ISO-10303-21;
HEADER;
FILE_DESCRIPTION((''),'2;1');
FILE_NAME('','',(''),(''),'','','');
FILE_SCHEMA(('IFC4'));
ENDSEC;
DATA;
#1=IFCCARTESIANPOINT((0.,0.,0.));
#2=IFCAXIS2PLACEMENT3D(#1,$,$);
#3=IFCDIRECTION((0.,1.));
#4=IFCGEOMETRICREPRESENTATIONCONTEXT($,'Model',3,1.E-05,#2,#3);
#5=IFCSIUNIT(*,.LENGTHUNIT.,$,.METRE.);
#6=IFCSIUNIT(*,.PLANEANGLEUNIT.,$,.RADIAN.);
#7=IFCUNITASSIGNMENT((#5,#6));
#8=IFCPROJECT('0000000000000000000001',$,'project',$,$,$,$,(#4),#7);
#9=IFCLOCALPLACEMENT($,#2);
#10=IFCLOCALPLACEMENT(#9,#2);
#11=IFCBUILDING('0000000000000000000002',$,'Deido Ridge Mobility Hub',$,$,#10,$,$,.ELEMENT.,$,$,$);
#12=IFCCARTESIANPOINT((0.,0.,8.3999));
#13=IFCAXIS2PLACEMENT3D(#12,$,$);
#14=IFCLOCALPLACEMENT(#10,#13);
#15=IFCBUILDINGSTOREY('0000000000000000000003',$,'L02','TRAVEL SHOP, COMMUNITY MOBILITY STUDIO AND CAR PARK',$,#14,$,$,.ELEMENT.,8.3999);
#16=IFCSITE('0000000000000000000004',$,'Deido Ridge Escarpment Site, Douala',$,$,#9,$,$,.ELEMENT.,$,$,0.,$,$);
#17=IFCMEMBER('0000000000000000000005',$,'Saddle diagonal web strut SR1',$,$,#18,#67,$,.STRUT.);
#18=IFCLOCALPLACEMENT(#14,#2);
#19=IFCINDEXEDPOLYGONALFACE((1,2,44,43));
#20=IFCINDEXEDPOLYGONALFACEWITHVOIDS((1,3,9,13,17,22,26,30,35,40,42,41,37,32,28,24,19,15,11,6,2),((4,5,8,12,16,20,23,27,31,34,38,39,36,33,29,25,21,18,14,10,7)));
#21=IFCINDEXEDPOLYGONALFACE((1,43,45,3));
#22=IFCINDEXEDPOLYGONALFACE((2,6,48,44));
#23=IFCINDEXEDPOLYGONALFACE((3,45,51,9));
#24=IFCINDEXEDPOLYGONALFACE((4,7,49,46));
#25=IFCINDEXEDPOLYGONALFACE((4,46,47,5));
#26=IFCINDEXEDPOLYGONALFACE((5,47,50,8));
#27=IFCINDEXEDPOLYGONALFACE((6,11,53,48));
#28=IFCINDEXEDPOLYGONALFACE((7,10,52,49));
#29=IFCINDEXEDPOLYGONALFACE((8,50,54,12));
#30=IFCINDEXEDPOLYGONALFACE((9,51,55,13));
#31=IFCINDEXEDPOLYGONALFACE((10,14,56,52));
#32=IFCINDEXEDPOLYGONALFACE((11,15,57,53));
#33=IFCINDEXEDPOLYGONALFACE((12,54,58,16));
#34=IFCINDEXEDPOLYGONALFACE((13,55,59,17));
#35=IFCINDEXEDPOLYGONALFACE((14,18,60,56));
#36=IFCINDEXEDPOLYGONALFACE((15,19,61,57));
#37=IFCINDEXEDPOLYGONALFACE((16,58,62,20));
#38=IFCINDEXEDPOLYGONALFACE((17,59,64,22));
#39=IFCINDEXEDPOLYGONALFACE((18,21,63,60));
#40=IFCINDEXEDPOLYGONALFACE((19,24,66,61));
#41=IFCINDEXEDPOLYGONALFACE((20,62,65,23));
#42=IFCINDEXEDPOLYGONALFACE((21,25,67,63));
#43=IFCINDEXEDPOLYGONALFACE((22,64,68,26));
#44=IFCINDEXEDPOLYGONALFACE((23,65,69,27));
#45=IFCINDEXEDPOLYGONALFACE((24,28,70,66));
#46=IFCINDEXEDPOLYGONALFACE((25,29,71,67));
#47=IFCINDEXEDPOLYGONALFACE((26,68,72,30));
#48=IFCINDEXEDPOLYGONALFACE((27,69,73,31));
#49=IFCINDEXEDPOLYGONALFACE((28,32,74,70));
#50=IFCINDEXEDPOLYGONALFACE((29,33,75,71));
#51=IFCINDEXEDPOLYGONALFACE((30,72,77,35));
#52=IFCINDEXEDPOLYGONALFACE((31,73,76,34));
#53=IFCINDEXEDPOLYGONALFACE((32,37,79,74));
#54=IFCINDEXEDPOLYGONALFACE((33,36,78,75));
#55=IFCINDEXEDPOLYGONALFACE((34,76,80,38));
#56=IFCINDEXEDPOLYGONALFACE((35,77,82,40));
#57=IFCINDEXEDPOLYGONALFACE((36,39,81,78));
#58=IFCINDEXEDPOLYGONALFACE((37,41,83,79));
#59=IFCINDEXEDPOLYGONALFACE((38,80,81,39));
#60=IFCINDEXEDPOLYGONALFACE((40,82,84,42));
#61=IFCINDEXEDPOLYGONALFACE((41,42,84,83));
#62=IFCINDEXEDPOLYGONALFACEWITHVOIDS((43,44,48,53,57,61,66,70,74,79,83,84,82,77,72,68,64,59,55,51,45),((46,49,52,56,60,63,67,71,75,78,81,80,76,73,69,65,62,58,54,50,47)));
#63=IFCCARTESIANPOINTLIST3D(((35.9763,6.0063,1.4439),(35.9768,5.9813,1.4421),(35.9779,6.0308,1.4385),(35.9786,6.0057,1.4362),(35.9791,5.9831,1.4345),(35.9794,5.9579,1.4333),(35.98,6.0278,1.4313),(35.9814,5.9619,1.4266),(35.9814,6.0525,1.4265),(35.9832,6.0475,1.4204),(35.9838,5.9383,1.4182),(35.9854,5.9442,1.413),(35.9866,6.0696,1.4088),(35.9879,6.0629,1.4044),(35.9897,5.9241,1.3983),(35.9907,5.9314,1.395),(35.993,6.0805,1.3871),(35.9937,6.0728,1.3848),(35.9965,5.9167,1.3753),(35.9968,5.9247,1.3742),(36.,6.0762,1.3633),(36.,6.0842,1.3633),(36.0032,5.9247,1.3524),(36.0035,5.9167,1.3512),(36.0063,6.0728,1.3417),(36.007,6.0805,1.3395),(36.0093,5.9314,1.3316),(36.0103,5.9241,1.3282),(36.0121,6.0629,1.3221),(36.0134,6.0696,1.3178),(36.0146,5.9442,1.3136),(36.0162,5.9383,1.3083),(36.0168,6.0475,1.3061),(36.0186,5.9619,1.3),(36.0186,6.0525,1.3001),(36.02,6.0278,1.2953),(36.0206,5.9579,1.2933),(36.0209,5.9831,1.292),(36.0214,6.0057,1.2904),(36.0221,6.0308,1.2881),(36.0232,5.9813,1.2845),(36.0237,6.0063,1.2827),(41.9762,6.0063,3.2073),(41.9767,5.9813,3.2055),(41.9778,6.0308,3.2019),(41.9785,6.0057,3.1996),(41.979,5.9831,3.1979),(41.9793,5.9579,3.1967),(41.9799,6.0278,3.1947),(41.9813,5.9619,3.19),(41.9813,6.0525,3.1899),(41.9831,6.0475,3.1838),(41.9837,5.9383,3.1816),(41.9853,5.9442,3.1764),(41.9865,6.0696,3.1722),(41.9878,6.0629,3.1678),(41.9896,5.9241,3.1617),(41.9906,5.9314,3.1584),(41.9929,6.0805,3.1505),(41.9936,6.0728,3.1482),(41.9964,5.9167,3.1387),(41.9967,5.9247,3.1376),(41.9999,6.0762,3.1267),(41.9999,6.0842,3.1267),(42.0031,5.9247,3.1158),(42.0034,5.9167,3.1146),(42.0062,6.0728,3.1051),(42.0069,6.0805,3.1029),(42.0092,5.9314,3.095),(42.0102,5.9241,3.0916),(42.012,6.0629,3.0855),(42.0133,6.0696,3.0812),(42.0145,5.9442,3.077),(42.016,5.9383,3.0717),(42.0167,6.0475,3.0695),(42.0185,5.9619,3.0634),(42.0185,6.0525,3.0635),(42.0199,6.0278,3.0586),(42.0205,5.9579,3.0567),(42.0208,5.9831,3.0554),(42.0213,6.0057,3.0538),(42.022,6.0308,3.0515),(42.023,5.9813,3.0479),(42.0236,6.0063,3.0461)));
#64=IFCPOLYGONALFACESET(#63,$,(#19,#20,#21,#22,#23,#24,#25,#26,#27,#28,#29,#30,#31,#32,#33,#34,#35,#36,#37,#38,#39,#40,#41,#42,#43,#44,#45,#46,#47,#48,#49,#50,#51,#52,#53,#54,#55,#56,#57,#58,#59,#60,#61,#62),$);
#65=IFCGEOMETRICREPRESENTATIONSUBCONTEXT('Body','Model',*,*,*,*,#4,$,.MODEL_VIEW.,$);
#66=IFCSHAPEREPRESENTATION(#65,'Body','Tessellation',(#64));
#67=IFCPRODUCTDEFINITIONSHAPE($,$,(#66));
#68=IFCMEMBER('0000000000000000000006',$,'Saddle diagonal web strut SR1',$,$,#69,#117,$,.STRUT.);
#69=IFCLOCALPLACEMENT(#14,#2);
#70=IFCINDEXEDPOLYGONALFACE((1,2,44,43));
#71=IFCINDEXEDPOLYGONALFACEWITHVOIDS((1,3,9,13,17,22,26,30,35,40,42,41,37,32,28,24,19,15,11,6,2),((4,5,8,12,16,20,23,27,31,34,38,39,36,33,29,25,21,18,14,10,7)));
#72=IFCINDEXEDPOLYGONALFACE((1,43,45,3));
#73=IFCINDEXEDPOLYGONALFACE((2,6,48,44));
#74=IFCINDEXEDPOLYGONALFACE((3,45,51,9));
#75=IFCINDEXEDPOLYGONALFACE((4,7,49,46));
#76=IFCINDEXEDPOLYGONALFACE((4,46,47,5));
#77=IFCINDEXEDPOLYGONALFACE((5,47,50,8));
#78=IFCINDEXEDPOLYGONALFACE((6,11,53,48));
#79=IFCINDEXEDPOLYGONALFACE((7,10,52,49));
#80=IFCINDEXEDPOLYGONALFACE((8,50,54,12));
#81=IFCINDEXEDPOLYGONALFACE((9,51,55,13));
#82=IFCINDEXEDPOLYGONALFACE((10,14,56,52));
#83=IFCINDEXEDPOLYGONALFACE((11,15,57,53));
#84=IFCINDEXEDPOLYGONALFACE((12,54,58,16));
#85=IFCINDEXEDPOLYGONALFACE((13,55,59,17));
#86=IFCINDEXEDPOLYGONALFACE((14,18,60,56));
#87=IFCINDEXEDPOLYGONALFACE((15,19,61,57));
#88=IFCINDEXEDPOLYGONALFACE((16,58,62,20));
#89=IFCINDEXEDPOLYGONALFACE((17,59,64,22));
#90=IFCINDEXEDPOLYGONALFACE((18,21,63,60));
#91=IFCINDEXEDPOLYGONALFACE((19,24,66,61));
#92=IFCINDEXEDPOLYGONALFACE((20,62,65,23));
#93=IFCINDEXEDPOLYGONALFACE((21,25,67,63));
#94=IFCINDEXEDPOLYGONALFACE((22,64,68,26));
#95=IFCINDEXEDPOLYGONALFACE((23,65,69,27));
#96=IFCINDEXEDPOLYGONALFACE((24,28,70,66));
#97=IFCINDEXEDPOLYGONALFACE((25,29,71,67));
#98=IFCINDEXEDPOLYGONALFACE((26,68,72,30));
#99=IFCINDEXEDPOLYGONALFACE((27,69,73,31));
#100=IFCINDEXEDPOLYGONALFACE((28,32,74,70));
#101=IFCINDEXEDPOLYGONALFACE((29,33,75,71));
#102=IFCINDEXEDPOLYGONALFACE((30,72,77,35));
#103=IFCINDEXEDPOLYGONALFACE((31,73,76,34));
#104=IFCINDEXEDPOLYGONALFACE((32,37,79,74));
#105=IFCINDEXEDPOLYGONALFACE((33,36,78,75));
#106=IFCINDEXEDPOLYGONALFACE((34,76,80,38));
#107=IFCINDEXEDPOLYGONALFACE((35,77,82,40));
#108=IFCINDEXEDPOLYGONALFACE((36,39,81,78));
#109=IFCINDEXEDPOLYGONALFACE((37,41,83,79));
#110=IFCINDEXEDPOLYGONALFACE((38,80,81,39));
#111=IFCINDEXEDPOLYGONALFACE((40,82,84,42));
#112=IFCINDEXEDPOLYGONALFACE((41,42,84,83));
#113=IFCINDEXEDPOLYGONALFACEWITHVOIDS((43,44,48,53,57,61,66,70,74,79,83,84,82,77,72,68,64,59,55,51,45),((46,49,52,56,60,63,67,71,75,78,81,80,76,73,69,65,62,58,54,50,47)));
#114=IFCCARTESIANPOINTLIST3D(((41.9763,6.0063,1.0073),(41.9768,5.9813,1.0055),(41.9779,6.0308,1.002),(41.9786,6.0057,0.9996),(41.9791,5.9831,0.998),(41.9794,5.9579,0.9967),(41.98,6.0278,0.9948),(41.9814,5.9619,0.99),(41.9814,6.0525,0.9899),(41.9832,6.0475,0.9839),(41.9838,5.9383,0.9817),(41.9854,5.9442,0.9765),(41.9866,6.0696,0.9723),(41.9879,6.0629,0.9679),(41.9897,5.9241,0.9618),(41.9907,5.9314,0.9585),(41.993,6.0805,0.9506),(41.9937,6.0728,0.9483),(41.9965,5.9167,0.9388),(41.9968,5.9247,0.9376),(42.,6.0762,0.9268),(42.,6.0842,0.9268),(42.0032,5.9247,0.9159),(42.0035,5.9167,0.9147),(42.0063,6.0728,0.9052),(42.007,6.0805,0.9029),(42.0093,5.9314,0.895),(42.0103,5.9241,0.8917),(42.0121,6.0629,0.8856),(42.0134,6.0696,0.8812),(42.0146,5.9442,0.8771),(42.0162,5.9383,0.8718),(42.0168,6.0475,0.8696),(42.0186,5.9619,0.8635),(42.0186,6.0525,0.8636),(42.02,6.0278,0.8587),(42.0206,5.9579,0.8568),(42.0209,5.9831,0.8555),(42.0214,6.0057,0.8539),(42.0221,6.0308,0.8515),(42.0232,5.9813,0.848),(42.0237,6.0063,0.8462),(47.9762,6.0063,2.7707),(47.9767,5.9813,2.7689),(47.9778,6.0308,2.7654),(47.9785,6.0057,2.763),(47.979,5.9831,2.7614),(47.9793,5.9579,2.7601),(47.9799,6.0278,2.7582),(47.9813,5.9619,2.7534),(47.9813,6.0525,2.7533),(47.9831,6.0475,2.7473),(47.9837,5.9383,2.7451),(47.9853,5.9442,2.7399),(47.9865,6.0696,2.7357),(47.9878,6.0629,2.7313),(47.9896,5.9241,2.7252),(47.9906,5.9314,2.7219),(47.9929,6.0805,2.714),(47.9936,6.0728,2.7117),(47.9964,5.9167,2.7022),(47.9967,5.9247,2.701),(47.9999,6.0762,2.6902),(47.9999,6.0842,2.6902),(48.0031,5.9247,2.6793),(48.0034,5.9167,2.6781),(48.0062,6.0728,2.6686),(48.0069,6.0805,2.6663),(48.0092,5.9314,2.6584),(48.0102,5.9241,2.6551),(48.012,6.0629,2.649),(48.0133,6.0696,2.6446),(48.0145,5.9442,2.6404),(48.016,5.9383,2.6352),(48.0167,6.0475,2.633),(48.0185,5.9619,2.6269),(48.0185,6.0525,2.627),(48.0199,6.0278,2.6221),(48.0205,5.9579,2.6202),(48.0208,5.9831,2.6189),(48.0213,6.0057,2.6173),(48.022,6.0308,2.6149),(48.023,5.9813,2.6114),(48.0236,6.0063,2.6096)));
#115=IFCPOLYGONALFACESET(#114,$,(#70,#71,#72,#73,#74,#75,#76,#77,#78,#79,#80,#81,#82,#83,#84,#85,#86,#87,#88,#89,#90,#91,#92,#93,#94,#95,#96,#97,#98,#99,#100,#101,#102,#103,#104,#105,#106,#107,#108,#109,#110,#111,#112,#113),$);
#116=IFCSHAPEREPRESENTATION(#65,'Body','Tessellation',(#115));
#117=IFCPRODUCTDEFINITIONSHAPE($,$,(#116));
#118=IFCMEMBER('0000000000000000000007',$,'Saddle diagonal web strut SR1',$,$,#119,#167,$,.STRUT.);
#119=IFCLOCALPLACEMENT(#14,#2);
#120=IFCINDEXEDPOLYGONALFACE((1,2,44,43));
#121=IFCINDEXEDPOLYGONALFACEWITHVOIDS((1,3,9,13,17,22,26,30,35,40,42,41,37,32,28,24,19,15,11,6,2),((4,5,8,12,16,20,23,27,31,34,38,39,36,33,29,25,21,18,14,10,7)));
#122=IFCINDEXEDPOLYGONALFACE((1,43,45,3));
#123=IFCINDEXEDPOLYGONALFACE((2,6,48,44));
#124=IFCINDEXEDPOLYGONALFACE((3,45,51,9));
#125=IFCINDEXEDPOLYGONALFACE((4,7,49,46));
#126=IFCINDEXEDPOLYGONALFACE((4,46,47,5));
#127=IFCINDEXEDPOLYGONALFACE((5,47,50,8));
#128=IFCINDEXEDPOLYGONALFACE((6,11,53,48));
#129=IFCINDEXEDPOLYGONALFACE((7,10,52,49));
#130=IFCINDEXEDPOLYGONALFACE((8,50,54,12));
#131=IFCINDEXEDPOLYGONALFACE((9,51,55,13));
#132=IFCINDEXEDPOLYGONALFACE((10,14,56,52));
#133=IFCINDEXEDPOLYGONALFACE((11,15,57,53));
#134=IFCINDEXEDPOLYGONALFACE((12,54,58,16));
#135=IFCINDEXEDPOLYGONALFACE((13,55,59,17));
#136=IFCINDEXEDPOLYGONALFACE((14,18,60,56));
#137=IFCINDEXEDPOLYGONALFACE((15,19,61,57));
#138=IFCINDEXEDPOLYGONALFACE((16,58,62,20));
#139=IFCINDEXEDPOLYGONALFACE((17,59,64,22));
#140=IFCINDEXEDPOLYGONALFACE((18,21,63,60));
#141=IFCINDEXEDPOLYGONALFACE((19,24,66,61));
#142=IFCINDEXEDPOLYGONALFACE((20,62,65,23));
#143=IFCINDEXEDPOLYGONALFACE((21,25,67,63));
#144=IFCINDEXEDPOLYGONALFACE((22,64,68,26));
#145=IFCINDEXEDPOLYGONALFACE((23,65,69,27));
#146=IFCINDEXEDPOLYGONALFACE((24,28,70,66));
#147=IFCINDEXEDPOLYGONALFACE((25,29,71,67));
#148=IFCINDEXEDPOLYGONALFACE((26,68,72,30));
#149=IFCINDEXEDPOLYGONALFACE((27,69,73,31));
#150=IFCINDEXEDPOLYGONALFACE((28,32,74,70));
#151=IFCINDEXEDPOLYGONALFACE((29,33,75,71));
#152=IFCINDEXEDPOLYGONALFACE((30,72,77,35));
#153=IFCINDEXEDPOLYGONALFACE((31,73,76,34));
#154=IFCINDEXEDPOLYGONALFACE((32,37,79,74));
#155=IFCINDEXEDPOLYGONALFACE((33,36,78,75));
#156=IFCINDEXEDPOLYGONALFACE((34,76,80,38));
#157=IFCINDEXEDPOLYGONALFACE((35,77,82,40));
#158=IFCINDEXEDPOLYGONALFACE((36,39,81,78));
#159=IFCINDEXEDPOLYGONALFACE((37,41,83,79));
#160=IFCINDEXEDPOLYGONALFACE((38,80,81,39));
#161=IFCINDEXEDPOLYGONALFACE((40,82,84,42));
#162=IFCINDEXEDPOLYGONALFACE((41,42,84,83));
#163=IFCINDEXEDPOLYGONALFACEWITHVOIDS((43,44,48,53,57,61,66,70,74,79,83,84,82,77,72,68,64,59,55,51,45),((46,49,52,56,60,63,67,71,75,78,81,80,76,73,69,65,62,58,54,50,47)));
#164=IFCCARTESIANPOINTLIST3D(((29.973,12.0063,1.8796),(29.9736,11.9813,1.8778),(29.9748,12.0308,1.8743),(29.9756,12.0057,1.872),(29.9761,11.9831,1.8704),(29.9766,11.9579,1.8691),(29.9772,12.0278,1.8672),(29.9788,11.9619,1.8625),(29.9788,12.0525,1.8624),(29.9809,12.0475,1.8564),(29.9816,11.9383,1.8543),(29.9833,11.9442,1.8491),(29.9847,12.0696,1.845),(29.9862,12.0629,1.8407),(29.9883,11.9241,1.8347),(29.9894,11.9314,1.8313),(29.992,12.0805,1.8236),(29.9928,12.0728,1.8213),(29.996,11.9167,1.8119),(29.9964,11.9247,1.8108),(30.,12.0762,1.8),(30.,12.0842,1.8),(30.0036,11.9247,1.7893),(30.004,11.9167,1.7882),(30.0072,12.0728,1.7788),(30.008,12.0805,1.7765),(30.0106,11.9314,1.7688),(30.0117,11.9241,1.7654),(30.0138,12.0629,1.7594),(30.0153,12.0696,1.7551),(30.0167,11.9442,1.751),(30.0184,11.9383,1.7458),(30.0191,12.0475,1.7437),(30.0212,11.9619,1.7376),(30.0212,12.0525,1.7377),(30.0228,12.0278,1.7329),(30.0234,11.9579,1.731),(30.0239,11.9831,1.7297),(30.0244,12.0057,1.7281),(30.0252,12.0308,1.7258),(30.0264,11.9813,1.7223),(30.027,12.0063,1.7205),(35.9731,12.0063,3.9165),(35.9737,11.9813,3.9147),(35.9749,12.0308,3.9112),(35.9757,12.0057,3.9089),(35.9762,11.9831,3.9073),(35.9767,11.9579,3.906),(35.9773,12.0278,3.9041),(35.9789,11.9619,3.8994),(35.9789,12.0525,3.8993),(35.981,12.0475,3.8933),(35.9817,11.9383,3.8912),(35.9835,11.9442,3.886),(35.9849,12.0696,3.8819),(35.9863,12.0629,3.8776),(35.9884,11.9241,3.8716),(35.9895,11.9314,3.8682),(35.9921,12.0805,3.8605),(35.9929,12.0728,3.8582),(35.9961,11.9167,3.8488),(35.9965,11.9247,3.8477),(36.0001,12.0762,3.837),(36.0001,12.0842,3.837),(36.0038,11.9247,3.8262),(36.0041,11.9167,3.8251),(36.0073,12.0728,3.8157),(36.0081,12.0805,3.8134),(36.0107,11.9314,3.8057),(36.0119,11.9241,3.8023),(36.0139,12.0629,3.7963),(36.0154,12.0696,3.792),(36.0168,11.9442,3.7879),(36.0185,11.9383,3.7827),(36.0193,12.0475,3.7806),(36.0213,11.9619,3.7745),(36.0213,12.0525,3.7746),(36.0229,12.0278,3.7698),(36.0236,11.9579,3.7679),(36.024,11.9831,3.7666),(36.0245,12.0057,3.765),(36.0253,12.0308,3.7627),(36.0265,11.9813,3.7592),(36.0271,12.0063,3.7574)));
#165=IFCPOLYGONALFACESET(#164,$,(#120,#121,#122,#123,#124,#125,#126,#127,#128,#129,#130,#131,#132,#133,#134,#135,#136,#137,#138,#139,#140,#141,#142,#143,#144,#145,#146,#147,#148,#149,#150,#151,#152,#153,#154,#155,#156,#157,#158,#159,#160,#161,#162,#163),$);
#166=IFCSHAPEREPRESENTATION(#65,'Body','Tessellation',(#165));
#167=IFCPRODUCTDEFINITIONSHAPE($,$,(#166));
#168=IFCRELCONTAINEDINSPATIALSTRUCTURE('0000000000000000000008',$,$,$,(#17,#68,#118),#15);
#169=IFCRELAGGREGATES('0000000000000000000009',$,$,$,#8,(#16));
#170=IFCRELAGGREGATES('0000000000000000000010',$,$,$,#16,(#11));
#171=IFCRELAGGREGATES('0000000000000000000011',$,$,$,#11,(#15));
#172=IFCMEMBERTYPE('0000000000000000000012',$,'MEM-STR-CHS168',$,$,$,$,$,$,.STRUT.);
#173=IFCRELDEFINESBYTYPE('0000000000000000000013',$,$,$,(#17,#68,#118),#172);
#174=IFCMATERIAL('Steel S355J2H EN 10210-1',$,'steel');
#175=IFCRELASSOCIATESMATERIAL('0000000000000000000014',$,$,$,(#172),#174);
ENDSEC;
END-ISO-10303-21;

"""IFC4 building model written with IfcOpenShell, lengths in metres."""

from ifc_helpers import new_model, si_unit, direction, frame, origin, origin_2d, place, context, subcontext, project, spatial, hollow_circle, extrude, material, material_profile, profile_set, type_object, element, save


model = new_model("IFC4")

# Units and contexts
model_context = context("Model", 3, precision=1e-05, world=origin(), true_north=direction((0.0, 1.0)))
body_context = subcontext(model_context, "Body", "Model", "MODEL_VIEW")
ifc_project = project(units=[si_unit("LENGTHUNIT", "METRE"), si_unit("PLANEANGLEUNIT", "RADIAN")], contexts=[model_context])

# Site, building, storey
site_placement = place(None, origin())
site = spatial("IfcSite", under=ifc_project, at=site_placement, Name="Deido Ridge Escarpment Site, Douala", CompositionType="ELEMENT", RefElevation=0.0)
building_placement = place(site_placement, origin())
building = spatial("IfcBuilding", under=site, at=building_placement, Name="Deido Ridge Mobility Hub", CompositionType="ELEMENT")
storey_placement = place(building_placement, frame((0.0, 0.0, 8.3999)))
storey = spatial("IfcBuildingStorey", under=building, at=storey_placement, Name="L02", Description="TRAVEL SHOP, COMMUNITY MOBILITY STUDIO AND CAR PARK", CompositionType="ELEMENT", Elevation=8.3999)

# Shared definitions
ifc_material_1 = material(Name="Steel S355J2H EN 10210-1", Category="steel")

# Members
ifc_material_profile_1 = material_profile(ifc_material_1, hollow_circle(Radius=0.0842, WallThickness=0.0081, at=origin_2d()), Name="CHS 168.3x8")
ifc_profile_set_1 = profile_set([ifc_material_profile_1], Name="Steel S355J2H EN 10210-1")
member_type_1 = type_object("IfcMemberType", Name="MEM-STR-CHS168", PredefinedType="STRUT", material=ifc_profile_set_1)
for number, where, z_axis, x_axis, name in (
    (1, (36.0, 6.0, 1.3633), (0.959421, 0.0, 0.281978), (0.0, 1.0, 0.0), "Saddle diagonal web strut SR1"),
    (2, (42.0, 6.0, 0.9268), (0.959421, 0.0, 0.281978), (0.0, 1.0, 0.0), "Saddle diagonal web strut SR1"),
):
    element("IfcMember", number, at=place(storey_placement, frame(where, z_axis=z_axis, x_axis=x_axis)), inside=storey, type_object=member_type_1, Name=name, PredefinedType="STRUT", context=body_context, shape_type="SweptSolid", body=[
        extrude(hollow_circle(Radius=0.0842, WallThickness=0.0081, at=origin_2d()), origin(), (0.0, 0.0, 1.0), 6.2537),
    ])
member_1_placement = place(storey_placement, frame((30.0, 12.0, 1.8), z_axis=(0.946923, 0.0, 0.321459), x_axis=(0.0, 1.0, 0.0)))
element("IfcMember", 3, at=member_1_placement, inside=storey, type_object=member_type_1, Name="Saddle diagonal web strut SR1", PredefinedType="STRUT", context=body_context, shape_type="SweptSolid", body=[
    extrude(hollow_circle(Radius=0.0842, WallThickness=0.0081, at=origin_2d()), origin(), (0.0, 0.0, 1.0), 6.3364),
])

save(model, "model.ifc")
